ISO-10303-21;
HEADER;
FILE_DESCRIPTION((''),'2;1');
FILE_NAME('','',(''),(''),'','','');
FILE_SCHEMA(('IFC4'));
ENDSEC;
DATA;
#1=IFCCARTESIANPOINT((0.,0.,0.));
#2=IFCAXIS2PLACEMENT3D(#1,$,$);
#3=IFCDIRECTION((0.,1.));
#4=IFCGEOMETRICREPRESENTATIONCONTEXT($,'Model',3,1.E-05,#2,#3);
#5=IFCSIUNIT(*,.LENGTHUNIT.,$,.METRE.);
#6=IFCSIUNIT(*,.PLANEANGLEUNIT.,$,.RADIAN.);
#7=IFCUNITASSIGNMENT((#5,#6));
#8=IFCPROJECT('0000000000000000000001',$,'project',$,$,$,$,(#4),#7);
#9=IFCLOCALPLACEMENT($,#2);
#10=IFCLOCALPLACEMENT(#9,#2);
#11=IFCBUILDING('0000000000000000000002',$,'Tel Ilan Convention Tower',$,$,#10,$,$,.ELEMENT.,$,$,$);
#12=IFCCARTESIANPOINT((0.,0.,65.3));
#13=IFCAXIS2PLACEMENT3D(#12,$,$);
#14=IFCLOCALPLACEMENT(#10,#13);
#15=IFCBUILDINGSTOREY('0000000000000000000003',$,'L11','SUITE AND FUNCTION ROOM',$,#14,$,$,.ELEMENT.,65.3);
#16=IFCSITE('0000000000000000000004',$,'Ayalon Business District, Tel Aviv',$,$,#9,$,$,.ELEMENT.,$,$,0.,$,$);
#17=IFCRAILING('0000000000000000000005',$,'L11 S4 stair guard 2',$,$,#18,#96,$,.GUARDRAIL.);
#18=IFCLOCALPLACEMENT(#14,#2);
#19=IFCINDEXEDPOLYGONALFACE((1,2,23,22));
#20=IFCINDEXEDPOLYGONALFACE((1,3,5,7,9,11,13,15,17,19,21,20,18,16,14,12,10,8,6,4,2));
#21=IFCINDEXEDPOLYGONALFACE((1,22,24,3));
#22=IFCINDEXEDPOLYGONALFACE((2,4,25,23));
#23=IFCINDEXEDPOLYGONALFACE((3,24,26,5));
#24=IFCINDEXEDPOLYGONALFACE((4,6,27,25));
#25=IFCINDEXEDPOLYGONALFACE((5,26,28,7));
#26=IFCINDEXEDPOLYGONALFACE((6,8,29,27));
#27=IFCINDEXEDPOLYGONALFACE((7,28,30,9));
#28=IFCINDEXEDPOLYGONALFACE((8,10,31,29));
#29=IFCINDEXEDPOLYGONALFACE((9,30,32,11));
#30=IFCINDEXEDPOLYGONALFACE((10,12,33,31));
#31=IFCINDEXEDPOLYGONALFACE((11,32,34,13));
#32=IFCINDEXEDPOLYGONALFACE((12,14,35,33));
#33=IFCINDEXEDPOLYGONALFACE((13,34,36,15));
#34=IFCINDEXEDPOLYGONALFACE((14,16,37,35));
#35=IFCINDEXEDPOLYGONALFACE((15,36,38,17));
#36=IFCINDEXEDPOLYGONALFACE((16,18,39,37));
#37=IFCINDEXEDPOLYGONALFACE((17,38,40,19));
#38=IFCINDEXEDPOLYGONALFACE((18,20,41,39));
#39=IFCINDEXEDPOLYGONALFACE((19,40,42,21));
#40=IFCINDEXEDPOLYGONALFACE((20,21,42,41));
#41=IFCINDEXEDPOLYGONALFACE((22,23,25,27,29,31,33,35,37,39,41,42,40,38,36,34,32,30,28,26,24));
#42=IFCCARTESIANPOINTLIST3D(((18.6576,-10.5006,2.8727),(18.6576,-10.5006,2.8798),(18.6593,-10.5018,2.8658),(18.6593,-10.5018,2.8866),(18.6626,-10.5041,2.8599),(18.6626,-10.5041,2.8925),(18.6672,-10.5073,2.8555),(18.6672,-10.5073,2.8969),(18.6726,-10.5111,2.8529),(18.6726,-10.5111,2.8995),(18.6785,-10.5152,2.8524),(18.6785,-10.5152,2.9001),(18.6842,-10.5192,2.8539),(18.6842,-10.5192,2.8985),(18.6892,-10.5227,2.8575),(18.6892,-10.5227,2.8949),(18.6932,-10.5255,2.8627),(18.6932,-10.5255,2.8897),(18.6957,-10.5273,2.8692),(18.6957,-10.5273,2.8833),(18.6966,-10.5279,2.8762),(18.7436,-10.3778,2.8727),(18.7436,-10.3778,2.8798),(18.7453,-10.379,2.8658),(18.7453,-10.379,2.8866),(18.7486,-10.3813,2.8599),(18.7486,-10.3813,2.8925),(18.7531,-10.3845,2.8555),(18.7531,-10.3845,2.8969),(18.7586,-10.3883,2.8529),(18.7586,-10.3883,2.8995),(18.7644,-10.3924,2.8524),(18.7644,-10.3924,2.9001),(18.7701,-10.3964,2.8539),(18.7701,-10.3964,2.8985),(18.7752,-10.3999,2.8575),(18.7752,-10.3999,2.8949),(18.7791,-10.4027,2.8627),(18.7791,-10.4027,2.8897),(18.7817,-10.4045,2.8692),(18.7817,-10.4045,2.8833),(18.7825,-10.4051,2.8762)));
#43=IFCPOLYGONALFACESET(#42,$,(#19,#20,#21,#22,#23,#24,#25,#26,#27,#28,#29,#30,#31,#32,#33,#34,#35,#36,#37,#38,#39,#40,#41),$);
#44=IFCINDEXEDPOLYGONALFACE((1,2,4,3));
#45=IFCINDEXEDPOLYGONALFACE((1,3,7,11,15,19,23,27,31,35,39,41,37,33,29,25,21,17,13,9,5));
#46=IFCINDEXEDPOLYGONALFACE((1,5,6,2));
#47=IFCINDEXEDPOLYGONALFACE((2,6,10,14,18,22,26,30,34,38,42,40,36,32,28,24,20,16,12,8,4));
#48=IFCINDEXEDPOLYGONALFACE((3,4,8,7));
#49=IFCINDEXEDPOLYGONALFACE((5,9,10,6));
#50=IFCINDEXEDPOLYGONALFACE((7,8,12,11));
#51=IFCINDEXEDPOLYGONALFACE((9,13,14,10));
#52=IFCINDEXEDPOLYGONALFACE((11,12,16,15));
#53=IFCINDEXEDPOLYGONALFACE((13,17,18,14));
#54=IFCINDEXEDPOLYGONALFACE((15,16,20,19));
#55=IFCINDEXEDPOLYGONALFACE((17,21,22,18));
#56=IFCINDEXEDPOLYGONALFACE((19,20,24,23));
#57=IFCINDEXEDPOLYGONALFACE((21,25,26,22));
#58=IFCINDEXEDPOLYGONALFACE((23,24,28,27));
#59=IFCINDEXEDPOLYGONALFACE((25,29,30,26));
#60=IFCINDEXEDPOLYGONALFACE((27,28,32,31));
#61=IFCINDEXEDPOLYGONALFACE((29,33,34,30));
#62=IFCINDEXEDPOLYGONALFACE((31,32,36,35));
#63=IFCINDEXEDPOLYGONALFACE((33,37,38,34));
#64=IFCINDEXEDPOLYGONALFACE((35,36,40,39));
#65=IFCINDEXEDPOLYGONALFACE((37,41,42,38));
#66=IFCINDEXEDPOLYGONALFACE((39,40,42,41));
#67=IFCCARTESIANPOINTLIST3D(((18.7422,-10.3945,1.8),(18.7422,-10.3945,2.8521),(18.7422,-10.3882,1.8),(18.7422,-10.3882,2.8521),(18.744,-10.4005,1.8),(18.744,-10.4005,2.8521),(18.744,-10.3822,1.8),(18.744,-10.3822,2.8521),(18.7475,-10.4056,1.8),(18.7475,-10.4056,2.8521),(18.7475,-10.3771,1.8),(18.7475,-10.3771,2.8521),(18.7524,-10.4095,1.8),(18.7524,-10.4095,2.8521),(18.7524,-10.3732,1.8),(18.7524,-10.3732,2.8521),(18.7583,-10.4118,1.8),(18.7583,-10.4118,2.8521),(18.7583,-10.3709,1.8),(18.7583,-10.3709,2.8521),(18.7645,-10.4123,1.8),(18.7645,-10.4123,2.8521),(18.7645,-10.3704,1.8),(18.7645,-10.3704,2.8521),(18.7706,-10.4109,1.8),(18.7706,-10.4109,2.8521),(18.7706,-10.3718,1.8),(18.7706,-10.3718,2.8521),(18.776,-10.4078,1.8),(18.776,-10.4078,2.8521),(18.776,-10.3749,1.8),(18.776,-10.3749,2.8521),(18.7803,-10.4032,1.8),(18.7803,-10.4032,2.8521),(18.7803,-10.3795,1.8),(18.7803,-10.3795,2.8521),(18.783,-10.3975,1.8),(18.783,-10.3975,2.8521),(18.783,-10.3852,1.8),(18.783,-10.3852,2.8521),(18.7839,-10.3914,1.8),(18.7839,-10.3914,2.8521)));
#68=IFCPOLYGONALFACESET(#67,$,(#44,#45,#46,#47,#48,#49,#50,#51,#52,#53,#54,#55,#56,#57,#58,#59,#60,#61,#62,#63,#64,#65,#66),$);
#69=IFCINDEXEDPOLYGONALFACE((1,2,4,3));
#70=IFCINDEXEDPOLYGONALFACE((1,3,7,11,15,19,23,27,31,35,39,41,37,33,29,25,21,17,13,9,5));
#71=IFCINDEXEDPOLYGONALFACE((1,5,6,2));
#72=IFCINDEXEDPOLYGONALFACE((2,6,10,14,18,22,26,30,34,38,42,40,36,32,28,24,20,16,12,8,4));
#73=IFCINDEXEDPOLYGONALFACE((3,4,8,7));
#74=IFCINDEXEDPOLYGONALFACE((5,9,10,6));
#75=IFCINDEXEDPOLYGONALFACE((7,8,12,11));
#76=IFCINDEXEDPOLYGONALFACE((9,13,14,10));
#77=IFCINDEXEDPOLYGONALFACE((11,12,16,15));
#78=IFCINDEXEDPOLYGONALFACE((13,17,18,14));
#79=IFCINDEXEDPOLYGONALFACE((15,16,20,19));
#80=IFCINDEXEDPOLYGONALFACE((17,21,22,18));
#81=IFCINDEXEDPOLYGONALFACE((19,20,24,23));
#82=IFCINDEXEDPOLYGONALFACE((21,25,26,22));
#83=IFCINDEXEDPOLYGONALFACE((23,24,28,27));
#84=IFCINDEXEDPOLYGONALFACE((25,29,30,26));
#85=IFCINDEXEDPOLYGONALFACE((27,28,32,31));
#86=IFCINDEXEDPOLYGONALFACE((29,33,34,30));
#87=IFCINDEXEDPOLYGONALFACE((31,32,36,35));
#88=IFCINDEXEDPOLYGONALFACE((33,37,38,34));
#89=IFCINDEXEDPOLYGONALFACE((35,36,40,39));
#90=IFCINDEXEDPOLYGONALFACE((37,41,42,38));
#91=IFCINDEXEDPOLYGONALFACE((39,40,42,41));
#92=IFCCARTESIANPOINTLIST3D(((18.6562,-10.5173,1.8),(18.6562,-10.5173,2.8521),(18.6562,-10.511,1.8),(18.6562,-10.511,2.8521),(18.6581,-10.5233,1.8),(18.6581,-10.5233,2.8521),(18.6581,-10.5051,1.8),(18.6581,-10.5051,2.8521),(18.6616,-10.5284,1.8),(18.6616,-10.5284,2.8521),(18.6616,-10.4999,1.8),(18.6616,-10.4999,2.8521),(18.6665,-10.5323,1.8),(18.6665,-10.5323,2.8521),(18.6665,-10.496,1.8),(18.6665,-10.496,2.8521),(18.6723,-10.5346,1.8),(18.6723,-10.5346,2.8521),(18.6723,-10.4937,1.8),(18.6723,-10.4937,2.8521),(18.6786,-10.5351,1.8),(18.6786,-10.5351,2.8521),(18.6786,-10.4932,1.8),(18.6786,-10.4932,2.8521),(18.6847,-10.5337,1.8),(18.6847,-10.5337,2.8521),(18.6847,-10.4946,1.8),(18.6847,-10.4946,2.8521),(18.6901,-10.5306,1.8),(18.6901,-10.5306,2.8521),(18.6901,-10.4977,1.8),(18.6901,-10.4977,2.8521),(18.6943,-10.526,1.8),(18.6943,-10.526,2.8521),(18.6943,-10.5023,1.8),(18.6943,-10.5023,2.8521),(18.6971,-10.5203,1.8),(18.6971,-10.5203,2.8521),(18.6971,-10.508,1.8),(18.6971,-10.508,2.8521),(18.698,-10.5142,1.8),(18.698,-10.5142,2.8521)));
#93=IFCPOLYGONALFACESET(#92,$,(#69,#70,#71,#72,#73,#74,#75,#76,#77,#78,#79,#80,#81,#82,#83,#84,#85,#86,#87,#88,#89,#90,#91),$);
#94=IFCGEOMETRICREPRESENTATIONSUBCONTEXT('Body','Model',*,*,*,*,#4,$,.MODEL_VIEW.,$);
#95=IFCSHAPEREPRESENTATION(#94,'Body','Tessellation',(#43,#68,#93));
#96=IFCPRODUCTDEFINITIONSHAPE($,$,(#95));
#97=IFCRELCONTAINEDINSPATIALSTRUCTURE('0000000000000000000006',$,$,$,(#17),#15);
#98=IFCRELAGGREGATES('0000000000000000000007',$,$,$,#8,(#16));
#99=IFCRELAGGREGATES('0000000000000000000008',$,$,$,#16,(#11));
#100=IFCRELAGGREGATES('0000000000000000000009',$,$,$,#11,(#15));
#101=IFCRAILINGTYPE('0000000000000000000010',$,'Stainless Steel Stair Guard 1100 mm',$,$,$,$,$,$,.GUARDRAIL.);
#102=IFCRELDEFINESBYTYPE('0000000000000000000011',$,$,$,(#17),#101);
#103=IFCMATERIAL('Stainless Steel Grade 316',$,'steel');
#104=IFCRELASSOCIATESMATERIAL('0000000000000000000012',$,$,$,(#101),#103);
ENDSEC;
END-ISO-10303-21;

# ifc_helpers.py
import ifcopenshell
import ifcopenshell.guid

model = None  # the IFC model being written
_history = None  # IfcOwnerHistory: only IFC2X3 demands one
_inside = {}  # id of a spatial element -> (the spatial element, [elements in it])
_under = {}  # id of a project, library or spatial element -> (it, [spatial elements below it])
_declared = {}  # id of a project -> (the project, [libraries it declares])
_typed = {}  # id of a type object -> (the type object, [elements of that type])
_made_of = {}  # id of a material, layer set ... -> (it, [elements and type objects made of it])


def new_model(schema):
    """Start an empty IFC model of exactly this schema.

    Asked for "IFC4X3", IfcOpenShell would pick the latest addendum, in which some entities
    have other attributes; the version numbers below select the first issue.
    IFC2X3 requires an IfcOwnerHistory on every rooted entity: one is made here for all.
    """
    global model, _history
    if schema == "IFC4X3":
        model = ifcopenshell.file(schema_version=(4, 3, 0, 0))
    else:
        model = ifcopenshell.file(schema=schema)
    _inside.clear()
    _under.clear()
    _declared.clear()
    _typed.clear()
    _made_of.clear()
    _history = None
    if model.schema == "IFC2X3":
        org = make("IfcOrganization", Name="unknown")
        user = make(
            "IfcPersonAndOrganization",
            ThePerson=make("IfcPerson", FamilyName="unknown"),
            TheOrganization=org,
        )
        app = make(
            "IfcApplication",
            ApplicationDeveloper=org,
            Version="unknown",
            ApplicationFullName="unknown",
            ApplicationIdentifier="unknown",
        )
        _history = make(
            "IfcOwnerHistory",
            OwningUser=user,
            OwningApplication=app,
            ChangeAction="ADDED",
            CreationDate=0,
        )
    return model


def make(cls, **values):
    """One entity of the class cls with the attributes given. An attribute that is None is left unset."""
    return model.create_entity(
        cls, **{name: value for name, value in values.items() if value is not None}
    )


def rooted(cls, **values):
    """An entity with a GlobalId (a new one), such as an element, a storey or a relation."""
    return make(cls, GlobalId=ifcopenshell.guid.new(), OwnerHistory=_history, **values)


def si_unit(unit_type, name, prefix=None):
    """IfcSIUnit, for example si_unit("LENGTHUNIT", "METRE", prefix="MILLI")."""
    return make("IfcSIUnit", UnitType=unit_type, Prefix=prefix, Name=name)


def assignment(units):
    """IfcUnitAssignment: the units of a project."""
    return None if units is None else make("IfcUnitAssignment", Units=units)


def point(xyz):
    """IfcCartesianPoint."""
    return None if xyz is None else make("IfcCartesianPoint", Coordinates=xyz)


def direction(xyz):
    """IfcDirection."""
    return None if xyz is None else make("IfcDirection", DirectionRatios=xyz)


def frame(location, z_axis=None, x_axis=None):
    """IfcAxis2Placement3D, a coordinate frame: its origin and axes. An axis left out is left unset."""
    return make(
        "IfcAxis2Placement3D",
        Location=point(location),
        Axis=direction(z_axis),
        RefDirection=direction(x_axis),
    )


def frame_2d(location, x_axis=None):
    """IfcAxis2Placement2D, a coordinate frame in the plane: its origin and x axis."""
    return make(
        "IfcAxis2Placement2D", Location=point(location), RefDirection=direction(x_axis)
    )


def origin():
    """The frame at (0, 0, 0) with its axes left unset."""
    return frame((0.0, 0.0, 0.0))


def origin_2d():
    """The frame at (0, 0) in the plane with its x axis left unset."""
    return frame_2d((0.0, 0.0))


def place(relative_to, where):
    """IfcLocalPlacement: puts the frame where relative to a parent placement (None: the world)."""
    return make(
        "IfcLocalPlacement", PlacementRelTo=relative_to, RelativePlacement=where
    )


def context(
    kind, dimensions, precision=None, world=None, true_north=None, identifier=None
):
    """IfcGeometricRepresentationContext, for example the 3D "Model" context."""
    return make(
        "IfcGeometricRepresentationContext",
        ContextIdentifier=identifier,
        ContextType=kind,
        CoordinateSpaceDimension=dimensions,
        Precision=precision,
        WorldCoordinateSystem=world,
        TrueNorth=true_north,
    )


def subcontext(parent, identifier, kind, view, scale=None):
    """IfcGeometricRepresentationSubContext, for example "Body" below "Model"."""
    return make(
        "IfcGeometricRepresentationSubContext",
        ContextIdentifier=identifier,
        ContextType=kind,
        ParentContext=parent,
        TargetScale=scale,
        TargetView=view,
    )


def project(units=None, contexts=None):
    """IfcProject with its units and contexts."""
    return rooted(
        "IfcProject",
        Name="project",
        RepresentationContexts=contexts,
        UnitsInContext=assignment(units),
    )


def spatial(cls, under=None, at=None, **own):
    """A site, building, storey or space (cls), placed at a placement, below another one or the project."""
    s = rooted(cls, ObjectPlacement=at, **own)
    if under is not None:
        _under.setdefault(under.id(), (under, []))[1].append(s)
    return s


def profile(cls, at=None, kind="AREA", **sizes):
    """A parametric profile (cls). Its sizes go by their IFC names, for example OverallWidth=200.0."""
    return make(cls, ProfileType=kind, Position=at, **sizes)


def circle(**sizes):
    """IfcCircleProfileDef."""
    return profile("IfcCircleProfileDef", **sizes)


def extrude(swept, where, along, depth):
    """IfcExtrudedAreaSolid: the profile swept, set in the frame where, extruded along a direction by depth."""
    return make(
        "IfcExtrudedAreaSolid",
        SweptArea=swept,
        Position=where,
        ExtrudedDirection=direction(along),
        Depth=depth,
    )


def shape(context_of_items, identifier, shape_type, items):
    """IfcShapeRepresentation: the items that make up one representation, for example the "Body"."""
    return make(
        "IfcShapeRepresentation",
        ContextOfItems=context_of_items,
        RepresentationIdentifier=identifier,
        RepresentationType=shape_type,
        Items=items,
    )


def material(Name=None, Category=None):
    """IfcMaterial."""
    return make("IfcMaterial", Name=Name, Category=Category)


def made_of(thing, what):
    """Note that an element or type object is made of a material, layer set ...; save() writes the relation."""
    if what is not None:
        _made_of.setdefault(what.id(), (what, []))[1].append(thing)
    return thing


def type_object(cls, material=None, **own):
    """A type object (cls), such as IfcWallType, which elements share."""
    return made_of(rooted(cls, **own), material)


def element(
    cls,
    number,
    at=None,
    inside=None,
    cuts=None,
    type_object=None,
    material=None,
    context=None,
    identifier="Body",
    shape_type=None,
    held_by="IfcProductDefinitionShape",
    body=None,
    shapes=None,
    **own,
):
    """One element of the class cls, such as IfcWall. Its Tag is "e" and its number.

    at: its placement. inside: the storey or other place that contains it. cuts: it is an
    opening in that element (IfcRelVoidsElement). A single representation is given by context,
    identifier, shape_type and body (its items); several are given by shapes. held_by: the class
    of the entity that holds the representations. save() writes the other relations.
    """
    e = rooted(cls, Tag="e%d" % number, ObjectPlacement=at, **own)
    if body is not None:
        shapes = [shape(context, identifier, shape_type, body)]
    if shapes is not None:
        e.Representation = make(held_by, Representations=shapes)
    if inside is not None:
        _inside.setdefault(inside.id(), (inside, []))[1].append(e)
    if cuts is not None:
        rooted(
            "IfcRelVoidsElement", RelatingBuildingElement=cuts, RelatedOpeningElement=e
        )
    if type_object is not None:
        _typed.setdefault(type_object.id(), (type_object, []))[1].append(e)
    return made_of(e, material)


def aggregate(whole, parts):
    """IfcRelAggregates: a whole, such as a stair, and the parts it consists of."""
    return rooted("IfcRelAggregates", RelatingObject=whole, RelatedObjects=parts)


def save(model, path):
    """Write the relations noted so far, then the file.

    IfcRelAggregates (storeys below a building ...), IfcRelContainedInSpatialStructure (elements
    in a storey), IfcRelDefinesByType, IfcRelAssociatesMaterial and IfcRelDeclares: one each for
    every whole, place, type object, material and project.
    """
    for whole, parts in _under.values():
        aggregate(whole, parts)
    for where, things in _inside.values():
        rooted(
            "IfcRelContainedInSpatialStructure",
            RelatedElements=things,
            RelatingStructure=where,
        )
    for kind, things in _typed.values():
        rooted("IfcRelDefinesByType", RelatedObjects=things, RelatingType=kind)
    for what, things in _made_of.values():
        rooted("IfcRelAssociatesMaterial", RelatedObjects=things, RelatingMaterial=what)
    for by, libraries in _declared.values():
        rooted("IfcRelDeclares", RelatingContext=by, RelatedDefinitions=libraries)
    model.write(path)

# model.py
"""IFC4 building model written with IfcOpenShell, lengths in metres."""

from ifc_helpers import new_model, si_unit, direction, frame, origin, origin_2d, place, context, subcontext, project, spatial, circle, extrude, material, type_object, element, save


model = new_model("IFC4")

# Units and contexts
model_context = context("Model", 3, precision=1e-05, world=origin(), true_north=direction((0.0, 1.0)))
body_context = subcontext(model_context, "Body", "Model", "MODEL_VIEW")
ifc_project = project(units=[si_unit("LENGTHUNIT", "METRE"), si_unit("PLANEANGLEUNIT", "RADIAN")], contexts=[model_context])

# Site, building, storey
site_placement = place(None, origin())
site = spatial("IfcSite", under=ifc_project, at=site_placement, Name="Ayalon Business District, Tel Aviv", CompositionType="ELEMENT", RefElevation=0.0)
building_placement = place(site_placement, origin())
building = spatial("IfcBuilding", under=site, at=building_placement, Name="Tel Ilan Convention Tower", CompositionType="ELEMENT")
storey_placement = place(building_placement, frame((0.0, 0.0, 65.3)))
storey = spatial("IfcBuildingStorey", under=building, at=storey_placement, Name="L11", Description="SUITE AND FUNCTION ROOM", CompositionType="ELEMENT", Elevation=65.3)

# Railing
ifc_material_1 = material(Name="Stainless Steel Grade 316", Category="steel")
railing_type_1 = type_object("IfcRailingType", Name="Stainless Steel Stair Guard 1100 mm", PredefinedType="GUARDRAIL", material=ifc_material_1)
railing_1_placement = place(storey_placement, frame((18.7629, -10.3914, 1.8)))
element("IfcRailing", 1, at=railing_1_placement, inside=storey, type_object=railing_type_1, Name="L11 S4 stair guard 2", PredefinedType="GUARDRAIL", context=body_context, shape_type="SweptSolid", body=[
    extrude(circle(Radius=0.0239, at=origin_2d()), frame((0.0, 0.0, 1.0762), z_axis=(-0.573353, -0.819308, 0.0), x_axis=(0.819308, -0.573353, 0.0)), (0.0, 0.0, 1.0), 0.1499),
    extrude(circle(Radius=0.021, at=origin_2d()), origin(), (0.0, 0.0, 1.0), 1.052),
    extrude(circle(Radius=0.021, at=origin_2d()), frame((-0.0859, -0.1228, 0.0)), (0.0, 0.0, 1.0), 1.052),
])

save(model, "model.ifc")
